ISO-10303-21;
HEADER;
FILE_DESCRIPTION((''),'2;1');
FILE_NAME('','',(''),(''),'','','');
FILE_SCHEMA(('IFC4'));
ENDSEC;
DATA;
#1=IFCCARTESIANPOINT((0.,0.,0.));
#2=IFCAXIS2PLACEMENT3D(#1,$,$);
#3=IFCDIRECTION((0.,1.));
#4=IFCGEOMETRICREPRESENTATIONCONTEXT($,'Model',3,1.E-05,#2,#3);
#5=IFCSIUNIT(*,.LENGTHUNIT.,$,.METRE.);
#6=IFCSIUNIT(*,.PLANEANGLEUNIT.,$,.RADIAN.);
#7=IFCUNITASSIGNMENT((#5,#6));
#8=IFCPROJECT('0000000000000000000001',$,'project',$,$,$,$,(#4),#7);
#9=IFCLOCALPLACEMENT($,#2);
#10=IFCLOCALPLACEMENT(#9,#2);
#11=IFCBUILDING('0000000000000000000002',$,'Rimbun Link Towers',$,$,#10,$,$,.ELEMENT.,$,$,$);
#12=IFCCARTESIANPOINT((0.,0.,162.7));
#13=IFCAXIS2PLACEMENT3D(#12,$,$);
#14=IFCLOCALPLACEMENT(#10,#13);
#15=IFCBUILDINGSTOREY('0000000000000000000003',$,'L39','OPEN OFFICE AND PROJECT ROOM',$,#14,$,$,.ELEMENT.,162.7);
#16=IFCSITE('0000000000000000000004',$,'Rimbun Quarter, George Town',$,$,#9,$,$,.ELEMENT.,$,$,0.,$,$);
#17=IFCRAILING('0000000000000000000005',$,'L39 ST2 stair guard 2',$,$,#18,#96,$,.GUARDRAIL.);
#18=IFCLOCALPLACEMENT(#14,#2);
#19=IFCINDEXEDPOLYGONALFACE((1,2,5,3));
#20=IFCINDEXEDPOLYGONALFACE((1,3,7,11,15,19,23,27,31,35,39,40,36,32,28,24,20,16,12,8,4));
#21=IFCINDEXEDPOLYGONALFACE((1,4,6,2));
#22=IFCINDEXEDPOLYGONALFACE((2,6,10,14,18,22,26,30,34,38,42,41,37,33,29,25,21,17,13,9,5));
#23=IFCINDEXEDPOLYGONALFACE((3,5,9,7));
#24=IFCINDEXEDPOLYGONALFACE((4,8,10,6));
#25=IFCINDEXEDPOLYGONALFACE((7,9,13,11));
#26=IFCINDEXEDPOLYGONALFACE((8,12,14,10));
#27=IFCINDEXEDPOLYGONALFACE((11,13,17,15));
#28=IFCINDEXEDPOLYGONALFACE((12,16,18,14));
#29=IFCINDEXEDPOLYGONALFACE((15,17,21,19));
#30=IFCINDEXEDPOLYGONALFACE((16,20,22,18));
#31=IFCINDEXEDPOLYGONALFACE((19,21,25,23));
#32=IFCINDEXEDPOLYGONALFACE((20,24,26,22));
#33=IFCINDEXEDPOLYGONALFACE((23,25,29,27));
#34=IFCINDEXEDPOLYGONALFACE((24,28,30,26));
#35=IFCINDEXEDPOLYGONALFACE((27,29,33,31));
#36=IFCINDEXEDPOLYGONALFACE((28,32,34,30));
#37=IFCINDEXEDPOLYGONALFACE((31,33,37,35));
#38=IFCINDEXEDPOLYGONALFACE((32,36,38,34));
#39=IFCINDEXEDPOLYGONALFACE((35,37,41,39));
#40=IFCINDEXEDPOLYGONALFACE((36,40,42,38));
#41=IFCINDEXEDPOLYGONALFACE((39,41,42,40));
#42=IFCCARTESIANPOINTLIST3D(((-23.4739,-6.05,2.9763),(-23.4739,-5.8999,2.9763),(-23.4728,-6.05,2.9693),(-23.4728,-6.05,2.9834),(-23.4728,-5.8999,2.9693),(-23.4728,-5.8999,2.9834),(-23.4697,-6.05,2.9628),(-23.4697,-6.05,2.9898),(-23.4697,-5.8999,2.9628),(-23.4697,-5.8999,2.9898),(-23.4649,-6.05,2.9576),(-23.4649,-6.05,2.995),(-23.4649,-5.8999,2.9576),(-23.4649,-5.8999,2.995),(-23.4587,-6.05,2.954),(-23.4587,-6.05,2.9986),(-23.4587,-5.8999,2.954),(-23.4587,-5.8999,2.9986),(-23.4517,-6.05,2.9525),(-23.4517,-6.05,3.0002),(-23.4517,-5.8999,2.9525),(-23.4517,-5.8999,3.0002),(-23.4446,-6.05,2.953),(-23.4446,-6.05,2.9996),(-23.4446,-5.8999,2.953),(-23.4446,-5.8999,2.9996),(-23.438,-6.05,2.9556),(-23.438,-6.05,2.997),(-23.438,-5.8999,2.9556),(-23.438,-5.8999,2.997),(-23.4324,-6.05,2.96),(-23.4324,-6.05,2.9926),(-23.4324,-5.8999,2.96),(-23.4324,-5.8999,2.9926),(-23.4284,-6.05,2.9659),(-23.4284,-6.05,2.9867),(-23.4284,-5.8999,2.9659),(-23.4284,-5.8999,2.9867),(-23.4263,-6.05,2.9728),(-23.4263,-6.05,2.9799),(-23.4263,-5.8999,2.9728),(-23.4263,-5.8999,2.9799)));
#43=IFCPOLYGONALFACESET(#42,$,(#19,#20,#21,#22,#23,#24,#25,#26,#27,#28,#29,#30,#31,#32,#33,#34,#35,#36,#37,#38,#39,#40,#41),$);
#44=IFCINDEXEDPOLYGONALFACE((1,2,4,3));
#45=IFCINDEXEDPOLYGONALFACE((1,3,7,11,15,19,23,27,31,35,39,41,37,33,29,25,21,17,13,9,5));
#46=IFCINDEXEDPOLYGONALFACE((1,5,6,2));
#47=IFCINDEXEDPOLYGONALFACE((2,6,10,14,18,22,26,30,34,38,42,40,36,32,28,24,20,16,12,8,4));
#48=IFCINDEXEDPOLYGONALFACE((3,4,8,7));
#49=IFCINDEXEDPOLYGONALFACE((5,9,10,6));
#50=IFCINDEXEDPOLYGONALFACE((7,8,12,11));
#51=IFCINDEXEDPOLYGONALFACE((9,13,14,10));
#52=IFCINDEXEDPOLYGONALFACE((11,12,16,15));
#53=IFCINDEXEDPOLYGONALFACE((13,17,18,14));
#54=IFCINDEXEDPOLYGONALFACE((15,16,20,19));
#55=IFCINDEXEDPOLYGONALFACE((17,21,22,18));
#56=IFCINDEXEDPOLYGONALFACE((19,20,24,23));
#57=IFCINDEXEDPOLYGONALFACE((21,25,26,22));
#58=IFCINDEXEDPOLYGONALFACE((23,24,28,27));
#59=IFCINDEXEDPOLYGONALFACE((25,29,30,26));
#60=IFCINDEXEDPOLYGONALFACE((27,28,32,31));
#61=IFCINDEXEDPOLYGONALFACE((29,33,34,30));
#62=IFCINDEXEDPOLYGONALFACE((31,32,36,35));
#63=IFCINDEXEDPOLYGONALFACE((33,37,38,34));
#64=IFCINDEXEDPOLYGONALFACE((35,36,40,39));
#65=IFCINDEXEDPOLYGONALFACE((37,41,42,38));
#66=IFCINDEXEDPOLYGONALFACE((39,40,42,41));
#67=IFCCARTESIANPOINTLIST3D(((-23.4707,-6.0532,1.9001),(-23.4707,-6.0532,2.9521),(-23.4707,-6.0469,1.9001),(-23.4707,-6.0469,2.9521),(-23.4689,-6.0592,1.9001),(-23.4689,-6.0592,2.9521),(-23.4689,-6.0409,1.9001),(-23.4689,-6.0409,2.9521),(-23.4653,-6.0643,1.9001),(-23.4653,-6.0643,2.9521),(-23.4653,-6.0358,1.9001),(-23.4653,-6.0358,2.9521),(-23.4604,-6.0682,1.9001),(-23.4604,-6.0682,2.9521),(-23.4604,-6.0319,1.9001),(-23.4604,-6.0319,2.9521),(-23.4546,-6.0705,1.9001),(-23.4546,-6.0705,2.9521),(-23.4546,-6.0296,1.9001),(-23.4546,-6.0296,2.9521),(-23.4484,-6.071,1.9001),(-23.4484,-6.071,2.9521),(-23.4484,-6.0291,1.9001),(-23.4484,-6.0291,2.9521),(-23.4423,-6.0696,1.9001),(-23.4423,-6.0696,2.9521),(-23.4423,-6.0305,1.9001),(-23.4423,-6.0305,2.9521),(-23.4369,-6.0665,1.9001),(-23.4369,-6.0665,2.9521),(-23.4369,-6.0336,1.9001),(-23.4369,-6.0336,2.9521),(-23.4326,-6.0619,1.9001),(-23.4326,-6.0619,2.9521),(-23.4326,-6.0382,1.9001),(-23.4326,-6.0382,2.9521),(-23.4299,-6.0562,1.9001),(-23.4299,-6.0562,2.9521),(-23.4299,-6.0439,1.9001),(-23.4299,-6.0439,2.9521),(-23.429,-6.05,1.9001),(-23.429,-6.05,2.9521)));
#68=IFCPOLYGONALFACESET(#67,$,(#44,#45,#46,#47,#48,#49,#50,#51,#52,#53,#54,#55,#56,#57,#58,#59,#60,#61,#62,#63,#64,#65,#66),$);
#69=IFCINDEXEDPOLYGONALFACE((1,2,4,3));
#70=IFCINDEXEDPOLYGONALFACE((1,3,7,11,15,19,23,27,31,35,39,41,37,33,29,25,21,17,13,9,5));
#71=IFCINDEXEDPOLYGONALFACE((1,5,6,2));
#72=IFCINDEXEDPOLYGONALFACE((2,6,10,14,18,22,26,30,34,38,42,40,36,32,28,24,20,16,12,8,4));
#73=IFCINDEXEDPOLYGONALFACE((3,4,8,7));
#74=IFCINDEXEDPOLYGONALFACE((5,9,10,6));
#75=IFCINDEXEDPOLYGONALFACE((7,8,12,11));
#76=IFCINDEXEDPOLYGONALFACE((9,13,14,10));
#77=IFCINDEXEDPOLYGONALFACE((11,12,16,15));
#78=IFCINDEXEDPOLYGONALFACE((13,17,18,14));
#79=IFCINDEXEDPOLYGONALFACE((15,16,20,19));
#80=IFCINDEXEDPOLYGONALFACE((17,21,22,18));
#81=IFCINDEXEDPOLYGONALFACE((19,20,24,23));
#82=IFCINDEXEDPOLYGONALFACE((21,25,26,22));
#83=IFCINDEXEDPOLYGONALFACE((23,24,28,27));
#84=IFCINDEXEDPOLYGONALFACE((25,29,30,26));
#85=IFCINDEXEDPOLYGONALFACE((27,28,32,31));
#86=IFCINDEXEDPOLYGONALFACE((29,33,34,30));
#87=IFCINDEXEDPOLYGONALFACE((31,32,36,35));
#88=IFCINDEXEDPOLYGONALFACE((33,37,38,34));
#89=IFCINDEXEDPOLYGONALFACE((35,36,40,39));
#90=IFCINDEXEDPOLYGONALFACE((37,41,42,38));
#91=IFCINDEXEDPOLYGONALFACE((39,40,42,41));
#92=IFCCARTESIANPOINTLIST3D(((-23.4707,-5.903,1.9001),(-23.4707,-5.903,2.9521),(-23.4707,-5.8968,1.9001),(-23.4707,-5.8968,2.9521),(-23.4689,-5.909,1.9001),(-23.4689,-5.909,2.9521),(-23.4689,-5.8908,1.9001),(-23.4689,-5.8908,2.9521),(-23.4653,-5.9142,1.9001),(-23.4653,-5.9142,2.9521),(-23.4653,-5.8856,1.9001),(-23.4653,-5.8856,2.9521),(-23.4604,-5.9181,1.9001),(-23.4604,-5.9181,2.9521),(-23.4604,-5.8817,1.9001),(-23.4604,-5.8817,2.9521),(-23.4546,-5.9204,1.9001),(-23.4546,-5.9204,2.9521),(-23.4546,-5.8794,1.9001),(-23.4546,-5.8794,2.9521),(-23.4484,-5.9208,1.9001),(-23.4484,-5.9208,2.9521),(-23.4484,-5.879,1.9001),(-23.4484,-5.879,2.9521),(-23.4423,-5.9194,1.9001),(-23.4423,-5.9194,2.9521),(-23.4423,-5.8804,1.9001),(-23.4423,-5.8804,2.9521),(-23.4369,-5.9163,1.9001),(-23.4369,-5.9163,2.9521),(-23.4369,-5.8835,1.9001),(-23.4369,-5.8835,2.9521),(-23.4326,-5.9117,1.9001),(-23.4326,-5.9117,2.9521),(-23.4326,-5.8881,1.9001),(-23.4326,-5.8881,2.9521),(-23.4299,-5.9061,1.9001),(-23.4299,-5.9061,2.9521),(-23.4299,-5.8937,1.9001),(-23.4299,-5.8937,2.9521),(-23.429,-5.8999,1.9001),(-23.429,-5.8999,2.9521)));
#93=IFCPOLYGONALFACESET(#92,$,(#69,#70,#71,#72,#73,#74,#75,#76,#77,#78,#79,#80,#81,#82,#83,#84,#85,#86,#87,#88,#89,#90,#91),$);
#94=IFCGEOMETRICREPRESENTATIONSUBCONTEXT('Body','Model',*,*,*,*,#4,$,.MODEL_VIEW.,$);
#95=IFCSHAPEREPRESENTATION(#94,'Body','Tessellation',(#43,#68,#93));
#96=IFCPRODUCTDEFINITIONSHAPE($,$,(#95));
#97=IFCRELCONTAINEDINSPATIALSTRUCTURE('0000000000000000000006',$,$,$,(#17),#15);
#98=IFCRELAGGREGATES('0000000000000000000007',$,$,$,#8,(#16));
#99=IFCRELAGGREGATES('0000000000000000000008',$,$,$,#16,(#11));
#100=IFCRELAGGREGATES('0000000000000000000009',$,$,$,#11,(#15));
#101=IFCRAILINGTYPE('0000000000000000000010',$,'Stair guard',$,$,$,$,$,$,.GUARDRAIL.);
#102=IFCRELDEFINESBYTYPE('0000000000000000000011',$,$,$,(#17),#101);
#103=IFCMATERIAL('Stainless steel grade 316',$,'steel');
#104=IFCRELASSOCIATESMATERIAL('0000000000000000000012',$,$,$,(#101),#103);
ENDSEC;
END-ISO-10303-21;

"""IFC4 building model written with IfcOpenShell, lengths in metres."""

from ifc_helpers import new_model, si_unit, direction, frame, origin, origin_2d, place, context, subcontext, project, spatial, circle, extrude, material, type_object, element, save


model = new_model("IFC4")

# Units and contexts
model_context = context("Model", 3, precision=1e-05, world=origin(), true_north=direction((0.0, 1.0)))
body_context = subcontext(model_context, "Body", "Model", "MODEL_VIEW")
ifc_project = project(units=[si_unit("LENGTHUNIT", "METRE"), si_unit("PLANEANGLEUNIT", "RADIAN")], contexts=[model_context])

# Site, building, storey
site_placement = place(None, origin())
site = spatial("IfcSite", under=ifc_project, at=site_placement, Name="Rimbun Quarter, George Town", CompositionType="ELEMENT", RefElevation=0.0)
building_placement = place(site_placement, origin())
building = spatial("IfcBuilding", under=site, at=building_placement, Name="Rimbun Link Towers", CompositionType="ELEMENT")
storey_placement = place(building_placement, frame((0.0, 0.0, 162.7)))
storey = spatial("IfcBuildingStorey", under=building, at=storey_placement, Name="L39", Description="OPEN OFFICE AND PROJECT ROOM", CompositionType="ELEMENT", Elevation=162.7)

# Railing
ifc_material_1 = material(Name="Stainless steel grade 316", Category="steel")
railing_type_1 = type_object("IfcRailingType", Name="Stair guard", PredefinedType="GUARDRAIL", material=ifc_material_1)
railing_1_placement = place(storey_placement, frame((-23.45, -6.05, 1.9001)))
element("IfcRailing", 1, at=railing_1_placement, inside=storey, type_object=railing_type_1, Name="L39 ST2 stair guard 2", PredefinedType="GUARDRAIL", context=body_context, shape_type="SweptSolid", body=[
    extrude(circle(Radius=0.0239, at=origin_2d()), frame((0.0, 0.0, 1.0762), z_axis=(0.0, 1.0, 0.0), x_axis=(-1.0, 0.0, 0.0)), (0.0, 0.0, 1.0), 0.1501),
    extrude(circle(Radius=0.021, at=origin_2d()), origin(), (0.0, 0.0, 1.0), 1.052),
    extrude(circle(Radius=0.021, at=origin_2d()), frame((0.0, 0.1501, 0.0)), (0.0, 0.0, 1.0), 1.052),
])

save(model, "model.ifc")
